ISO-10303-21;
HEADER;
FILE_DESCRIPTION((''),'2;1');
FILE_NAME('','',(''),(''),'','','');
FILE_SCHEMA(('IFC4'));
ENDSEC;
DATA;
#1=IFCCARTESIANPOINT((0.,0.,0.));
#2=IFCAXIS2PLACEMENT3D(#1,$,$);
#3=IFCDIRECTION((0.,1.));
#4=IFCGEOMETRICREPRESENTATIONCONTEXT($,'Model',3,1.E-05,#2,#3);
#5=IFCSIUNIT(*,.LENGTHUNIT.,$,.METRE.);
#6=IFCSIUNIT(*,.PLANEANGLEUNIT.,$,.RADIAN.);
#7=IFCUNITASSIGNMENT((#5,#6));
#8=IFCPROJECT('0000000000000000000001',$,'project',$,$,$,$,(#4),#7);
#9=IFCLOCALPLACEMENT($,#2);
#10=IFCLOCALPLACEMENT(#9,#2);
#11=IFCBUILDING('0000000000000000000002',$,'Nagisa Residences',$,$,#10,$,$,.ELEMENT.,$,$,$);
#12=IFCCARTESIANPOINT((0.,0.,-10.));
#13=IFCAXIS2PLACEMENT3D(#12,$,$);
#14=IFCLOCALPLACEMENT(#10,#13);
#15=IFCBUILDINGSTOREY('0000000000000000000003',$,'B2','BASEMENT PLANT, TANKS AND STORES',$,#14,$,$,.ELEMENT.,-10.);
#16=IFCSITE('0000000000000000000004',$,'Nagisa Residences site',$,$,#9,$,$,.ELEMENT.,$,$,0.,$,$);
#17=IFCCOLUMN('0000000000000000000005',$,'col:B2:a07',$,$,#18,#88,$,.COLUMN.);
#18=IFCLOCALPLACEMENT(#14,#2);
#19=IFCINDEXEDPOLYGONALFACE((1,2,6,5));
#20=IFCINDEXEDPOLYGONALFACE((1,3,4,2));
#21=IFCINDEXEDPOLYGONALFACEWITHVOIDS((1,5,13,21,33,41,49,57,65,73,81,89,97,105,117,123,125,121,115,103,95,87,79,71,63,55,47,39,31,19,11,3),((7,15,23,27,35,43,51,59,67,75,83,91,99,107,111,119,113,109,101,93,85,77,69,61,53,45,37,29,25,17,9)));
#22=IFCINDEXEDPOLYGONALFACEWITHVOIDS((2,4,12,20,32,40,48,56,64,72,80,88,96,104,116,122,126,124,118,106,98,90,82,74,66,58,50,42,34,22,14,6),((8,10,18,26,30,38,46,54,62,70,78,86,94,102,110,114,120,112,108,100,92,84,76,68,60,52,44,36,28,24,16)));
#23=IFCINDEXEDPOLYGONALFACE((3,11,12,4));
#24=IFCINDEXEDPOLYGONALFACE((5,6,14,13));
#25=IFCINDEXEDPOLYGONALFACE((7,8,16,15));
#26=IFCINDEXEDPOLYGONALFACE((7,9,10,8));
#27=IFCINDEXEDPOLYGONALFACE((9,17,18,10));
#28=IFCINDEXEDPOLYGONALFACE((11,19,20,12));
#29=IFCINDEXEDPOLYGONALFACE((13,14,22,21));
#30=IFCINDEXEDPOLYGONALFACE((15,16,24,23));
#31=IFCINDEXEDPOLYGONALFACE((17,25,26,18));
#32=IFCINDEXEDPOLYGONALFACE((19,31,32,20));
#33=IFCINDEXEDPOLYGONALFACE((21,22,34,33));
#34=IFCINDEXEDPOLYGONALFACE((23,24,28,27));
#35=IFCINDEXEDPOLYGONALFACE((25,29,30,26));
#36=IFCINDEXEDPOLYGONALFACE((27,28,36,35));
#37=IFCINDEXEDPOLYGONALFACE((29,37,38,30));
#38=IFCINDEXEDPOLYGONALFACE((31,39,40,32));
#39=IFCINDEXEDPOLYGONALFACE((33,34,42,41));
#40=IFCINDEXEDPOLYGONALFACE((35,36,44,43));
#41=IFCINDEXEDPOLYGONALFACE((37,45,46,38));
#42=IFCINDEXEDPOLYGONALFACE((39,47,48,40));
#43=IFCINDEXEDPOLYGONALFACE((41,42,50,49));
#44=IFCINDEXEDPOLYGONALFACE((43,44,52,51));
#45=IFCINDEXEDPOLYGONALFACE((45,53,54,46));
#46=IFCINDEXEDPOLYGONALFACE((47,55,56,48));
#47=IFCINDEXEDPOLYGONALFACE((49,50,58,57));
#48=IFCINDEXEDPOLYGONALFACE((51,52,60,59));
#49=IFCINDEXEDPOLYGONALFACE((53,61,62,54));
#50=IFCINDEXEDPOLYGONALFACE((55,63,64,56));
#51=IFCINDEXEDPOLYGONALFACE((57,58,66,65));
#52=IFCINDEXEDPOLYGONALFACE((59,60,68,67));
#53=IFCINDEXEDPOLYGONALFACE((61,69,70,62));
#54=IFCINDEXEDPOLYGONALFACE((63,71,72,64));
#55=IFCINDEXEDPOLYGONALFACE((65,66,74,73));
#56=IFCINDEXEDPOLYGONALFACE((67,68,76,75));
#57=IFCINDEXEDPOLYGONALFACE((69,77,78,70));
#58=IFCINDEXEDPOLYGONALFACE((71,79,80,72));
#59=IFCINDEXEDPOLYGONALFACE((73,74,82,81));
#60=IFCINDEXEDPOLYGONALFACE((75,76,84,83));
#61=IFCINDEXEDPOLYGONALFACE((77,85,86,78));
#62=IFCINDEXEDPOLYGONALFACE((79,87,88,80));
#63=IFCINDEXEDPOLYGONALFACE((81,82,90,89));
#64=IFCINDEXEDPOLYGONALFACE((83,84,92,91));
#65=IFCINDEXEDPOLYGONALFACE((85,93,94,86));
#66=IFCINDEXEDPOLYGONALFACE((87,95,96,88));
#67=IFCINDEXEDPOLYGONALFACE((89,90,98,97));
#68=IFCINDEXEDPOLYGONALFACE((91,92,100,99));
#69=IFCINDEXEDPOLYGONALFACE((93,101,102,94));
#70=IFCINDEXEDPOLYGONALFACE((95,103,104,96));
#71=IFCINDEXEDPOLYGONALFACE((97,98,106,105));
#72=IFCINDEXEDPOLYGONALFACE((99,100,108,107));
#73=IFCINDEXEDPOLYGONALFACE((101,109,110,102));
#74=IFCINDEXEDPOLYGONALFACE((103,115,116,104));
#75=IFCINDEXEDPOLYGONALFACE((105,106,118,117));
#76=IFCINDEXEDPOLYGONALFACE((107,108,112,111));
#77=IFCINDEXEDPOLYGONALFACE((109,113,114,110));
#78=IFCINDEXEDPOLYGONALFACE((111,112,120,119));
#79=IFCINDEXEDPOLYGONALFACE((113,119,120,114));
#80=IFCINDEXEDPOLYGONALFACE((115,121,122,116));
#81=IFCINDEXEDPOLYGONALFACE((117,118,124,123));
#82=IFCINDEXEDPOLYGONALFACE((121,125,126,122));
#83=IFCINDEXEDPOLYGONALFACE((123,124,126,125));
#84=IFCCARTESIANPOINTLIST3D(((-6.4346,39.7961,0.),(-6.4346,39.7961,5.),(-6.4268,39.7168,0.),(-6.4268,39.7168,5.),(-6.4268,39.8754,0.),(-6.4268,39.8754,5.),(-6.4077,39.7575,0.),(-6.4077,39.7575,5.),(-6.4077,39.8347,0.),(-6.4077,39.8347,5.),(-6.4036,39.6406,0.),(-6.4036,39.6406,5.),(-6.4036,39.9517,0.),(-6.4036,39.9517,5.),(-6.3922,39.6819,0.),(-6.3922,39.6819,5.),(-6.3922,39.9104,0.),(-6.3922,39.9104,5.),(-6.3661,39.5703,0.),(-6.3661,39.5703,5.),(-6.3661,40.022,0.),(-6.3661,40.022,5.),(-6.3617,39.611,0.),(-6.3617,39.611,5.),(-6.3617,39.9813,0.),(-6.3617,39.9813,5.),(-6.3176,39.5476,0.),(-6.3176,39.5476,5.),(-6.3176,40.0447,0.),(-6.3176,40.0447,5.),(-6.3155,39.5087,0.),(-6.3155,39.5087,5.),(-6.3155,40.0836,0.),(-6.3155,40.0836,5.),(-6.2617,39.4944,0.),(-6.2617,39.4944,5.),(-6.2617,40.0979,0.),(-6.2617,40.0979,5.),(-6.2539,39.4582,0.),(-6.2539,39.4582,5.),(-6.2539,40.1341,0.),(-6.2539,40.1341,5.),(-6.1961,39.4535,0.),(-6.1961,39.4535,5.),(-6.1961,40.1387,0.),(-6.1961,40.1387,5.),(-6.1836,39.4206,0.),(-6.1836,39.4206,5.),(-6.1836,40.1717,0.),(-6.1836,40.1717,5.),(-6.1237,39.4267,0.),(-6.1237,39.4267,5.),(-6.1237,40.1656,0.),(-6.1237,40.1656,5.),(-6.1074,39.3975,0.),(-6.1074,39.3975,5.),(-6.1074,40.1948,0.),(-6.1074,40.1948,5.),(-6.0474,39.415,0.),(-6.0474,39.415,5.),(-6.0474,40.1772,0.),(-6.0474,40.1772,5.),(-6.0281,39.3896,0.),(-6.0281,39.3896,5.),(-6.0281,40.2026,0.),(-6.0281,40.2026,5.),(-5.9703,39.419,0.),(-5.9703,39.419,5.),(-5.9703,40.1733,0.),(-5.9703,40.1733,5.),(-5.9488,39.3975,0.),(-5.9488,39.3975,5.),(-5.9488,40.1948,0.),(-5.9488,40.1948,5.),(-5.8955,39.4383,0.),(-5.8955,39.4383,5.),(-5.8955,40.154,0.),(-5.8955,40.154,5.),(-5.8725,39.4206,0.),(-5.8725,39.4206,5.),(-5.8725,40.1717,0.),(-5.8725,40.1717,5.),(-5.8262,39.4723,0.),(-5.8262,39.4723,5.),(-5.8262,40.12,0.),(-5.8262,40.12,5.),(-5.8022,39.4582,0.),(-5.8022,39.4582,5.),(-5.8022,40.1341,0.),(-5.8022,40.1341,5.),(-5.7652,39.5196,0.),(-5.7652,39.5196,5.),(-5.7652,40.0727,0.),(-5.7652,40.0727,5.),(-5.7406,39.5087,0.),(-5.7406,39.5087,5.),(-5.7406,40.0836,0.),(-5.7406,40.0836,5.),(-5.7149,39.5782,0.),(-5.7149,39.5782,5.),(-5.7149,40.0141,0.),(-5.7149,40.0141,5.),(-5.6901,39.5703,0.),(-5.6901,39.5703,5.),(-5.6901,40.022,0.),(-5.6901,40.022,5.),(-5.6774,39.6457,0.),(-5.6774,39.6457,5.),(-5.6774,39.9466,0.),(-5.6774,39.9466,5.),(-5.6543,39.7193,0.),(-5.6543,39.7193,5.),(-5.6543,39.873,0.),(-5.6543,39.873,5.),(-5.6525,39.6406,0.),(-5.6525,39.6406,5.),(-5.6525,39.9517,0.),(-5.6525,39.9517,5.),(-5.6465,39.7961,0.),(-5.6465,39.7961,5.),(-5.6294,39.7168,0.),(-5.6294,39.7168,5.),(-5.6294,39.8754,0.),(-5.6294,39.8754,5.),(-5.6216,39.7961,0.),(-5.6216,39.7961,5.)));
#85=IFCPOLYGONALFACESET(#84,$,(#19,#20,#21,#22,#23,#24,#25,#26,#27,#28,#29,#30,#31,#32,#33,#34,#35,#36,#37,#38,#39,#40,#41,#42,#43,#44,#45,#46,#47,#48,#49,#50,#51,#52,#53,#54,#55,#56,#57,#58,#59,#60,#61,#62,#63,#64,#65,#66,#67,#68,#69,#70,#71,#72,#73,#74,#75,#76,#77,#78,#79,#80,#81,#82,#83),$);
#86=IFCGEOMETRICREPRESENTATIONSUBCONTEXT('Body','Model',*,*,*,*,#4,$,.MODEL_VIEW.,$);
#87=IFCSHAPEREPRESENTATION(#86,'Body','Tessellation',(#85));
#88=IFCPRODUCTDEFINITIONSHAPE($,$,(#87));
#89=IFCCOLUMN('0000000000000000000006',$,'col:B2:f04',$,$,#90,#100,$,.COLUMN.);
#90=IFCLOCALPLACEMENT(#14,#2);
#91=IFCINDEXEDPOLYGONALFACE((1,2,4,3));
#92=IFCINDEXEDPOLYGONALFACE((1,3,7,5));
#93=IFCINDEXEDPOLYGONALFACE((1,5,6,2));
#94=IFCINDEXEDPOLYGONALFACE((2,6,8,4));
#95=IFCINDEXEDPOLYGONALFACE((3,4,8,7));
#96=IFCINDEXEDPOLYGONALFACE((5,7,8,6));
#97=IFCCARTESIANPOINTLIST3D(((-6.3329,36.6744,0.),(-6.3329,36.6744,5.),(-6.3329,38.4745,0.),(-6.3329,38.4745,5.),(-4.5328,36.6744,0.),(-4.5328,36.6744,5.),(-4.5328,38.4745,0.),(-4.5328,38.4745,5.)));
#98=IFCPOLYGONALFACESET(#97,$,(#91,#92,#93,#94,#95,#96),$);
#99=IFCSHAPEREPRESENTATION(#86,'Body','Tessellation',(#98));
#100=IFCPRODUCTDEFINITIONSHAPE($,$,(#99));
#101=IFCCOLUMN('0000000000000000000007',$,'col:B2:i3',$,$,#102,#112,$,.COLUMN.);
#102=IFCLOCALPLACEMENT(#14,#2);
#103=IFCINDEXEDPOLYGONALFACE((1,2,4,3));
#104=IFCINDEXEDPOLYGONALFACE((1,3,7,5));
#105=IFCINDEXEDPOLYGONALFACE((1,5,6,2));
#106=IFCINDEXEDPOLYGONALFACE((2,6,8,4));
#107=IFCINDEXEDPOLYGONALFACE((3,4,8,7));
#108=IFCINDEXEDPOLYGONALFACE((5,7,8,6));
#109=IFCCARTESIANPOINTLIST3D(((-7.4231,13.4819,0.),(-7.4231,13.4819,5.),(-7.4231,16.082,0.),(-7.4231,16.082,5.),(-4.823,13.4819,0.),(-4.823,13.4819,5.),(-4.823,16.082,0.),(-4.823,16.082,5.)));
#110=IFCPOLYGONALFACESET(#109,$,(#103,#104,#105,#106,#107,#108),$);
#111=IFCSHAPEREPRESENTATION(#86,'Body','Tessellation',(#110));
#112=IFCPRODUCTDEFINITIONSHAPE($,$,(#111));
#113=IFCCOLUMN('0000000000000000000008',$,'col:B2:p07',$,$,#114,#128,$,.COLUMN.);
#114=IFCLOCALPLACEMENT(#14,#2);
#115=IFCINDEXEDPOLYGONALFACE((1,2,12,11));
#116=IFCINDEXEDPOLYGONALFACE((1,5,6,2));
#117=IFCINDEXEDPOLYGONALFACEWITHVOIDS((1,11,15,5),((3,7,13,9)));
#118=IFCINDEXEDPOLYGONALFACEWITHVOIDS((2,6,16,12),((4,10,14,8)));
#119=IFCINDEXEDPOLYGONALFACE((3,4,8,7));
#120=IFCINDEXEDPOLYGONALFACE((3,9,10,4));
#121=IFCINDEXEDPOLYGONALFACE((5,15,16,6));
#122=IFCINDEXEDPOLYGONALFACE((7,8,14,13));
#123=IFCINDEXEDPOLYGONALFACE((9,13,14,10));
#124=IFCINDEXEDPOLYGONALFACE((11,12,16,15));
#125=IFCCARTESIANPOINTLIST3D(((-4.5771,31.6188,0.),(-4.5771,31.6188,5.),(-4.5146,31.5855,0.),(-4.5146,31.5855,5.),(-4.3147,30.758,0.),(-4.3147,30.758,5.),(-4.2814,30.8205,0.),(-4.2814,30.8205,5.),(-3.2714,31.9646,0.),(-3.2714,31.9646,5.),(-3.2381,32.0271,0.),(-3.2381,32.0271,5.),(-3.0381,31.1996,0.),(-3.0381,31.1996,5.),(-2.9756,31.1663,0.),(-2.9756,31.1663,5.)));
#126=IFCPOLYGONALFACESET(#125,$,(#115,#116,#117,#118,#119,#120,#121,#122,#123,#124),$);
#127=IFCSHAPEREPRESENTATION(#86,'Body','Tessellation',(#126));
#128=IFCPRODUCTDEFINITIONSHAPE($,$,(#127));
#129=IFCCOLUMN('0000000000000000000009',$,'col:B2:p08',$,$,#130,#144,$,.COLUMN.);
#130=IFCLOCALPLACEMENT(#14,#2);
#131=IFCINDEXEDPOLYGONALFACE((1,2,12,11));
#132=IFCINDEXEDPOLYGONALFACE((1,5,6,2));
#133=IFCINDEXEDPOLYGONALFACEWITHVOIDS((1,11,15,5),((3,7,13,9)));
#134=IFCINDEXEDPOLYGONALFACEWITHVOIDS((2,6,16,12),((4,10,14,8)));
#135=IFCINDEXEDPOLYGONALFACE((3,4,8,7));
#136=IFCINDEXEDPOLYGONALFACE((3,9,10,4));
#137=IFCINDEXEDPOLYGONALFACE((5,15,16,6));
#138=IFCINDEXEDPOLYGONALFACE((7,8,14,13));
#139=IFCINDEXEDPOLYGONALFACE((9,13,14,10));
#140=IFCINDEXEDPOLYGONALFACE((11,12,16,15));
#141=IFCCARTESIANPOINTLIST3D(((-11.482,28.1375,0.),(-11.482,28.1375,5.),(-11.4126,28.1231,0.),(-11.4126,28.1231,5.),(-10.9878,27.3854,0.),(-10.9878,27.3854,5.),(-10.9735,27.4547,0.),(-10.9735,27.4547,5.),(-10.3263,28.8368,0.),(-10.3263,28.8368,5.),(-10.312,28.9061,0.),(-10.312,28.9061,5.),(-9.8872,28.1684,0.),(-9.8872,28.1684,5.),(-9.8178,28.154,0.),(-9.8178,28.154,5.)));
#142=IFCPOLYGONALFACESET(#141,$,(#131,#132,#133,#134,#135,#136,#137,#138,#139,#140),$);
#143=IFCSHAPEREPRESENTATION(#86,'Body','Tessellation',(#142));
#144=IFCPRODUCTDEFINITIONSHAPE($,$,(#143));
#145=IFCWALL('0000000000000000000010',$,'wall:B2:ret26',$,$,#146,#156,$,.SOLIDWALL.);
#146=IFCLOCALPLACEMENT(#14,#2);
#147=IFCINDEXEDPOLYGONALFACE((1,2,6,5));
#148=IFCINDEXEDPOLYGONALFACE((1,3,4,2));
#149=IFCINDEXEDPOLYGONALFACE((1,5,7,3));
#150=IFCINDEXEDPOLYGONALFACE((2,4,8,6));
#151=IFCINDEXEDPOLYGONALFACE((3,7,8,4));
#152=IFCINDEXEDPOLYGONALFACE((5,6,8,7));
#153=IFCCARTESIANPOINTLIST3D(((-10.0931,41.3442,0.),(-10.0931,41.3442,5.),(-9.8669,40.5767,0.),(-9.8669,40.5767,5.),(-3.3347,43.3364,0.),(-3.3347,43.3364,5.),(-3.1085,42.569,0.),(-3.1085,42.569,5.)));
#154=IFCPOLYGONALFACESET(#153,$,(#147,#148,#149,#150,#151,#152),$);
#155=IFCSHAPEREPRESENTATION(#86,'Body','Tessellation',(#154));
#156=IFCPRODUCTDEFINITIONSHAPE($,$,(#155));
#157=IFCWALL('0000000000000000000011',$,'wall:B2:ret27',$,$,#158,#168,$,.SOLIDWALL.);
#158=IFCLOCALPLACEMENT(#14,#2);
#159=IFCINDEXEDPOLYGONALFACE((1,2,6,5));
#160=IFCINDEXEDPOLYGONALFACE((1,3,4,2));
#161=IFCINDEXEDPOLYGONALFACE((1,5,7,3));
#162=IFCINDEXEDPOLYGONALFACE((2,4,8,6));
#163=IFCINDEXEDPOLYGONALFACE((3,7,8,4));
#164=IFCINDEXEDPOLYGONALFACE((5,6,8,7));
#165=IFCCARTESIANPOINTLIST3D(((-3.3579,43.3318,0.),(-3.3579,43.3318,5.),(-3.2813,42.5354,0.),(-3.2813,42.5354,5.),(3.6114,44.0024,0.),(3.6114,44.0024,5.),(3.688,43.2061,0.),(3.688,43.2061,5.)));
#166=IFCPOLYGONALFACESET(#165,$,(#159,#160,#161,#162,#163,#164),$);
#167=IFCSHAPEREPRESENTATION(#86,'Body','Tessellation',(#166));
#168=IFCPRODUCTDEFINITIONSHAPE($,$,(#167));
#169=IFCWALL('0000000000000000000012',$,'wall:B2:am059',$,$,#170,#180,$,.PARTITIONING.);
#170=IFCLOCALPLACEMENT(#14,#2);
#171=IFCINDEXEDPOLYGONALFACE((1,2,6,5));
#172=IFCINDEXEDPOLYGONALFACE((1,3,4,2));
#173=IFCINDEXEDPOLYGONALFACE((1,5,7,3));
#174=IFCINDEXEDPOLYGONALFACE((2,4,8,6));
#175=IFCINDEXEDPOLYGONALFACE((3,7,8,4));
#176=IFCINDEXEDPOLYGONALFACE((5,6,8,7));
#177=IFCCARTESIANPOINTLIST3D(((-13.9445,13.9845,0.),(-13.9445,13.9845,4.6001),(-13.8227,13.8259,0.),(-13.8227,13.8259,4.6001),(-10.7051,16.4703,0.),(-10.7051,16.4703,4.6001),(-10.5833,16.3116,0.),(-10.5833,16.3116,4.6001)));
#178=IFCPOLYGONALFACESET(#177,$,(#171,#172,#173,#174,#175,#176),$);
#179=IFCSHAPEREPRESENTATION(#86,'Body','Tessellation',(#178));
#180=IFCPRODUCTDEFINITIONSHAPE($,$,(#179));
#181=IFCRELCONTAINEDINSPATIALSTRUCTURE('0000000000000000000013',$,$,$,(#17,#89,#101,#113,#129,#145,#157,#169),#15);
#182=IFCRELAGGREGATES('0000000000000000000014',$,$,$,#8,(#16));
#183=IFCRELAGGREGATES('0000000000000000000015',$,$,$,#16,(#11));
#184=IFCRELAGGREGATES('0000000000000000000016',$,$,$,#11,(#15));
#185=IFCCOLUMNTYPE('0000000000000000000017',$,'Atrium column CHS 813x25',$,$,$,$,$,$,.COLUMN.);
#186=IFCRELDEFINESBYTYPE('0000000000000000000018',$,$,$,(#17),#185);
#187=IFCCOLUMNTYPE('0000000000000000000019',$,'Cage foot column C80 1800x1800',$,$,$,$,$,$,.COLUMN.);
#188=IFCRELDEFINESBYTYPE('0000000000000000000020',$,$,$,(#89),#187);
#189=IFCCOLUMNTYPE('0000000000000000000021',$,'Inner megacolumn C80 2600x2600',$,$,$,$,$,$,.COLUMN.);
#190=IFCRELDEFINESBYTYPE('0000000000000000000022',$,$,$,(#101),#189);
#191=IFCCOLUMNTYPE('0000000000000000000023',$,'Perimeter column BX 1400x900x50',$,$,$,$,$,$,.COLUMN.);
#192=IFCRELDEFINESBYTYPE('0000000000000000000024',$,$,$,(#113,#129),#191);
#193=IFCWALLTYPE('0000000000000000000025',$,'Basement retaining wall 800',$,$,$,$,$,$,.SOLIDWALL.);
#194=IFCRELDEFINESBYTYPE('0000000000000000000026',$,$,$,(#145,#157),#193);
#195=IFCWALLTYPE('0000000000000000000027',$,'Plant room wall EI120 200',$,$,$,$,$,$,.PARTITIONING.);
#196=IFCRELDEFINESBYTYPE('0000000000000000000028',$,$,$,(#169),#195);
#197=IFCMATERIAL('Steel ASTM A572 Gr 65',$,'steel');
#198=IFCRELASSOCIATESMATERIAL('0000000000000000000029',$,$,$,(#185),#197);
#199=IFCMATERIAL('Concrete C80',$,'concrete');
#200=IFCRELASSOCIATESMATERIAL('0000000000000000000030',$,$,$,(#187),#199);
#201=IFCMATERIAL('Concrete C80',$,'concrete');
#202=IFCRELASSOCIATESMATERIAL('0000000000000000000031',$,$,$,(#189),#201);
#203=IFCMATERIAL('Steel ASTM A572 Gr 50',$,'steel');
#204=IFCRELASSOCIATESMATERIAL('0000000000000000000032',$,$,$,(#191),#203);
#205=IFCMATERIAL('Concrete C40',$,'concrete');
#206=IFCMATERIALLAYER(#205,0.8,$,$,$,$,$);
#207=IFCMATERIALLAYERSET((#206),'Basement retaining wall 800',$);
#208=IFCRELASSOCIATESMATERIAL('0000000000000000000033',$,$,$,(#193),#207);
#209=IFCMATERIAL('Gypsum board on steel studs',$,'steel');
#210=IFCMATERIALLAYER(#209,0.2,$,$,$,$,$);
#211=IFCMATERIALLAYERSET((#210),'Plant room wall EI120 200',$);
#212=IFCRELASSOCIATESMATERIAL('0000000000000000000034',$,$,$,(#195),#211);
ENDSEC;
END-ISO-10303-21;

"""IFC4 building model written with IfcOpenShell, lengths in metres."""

from ifc_helpers import new_model, si_unit, direction, frame, frame_2d, origin, origin_2d, place, context, subcontext, project, spatial, rectangle, hollow_rectangle, hollow_circle, extrude, material, layer, layer_set, material_profile, profile_set, type_object, element, save


model = new_model("IFC4")

# Units and contexts
model_context = context("Model", 3, precision=1e-05, world=origin(), true_north=direction((0.0, 1.0)))
body_context = subcontext(model_context, "Body", "Model", "MODEL_VIEW")
ifc_project = project(units=[si_unit("LENGTHUNIT", "METRE"), si_unit("PLANEANGLEUNIT", "RADIAN")], contexts=[model_context])

# Site, building, storey
site_placement = place(None, origin())
site = spatial("IfcSite", under=ifc_project, at=site_placement, Name="Nagisa Residences site", CompositionType="ELEMENT", RefElevation=0.0)
building_placement = place(site_placement, origin())
building = spatial("IfcBuilding", under=site, at=building_placement, Name="Nagisa Residences", CompositionType="ELEMENT")
storey_placement = place(building_placement, frame((0.0, 0.0, -10.0)))
storey = spatial("IfcBuildingStorey", under=building, at=storey_placement, Name="B2", Description="BASEMENT PLANT, TANKS AND STORES", CompositionType="ELEMENT", Elevation=-10.0)

# Columns
ifc_material_1 = material(Name="Steel ASTM A572 Gr 65", Category="steel")
ifc_material_profile_1 = material_profile(ifc_material_1, hollow_circle(Radius=0.4065, WallThickness=0.0249, at=origin_2d()), Name="CHS 813x25")
ifc_profile_set_1 = profile_set([ifc_material_profile_1], Name="Steel ASTM A572 Gr 65")
column_type_1 = type_object("IfcColumnType", Name="Atrium column CHS 813x25", PredefinedType="COLUMN", material=ifc_profile_set_1)
column_1_placement = place(storey_placement, frame((-6.0281, 39.7961, 0.0), z_axis=(0.0, 0.0, 1.0), x_axis=(1.0, 0.0, 0.0)))
element("IfcColumn", 1, at=column_1_placement, inside=storey, type_object=column_type_1, Name="col:B2:a07", PredefinedType="COLUMN", context=body_context, shape_type="SweptSolid", body=[
    extrude(hollow_circle(Radius=0.4065, WallThickness=0.0249, at=origin_2d()), origin(), (0.0, 0.0, 1.0), 5.0),
])
ifc_material_2 = material(Name="Concrete C80", Category="concrete")
ifc_material_profile_2 = material_profile(ifc_material_2, rectangle(XDim=1.8, YDim=1.8, at=origin_2d()), Name="C80 1800x1800")
ifc_profile_set_2 = profile_set([ifc_material_profile_2], Name="Concrete C80")
column_type_2 = type_object("IfcColumnType", Name="Cage foot column C80 1800x1800", PredefinedType="COLUMN", material=ifc_profile_set_2)
column_2_placement = place(storey_placement, frame((-5.4329, 37.5745, 0.0), z_axis=(0.0, 0.0, 1.0), x_axis=(1.0, 0.0, 0.0)))
element("IfcColumn", 2, at=column_2_placement, inside=storey, type_object=column_type_2, Name="col:B2:f04", PredefinedType="COLUMN", context=body_context, shape_type="SweptSolid", body=[
    extrude(rectangle(XDim=1.8, YDim=1.8, at=origin_2d()), origin(), (0.0, 0.0, 1.0), 5.0),
])
ifc_material_3 = material(Name="Concrete C80", Category="concrete")
ifc_material_profile_3 = material_profile(ifc_material_3, rectangle(XDim=2.6001, YDim=2.6001, at=origin_2d()), Name="C80 2600x2600")
ifc_profile_set_3 = profile_set([ifc_material_profile_3], Name="Concrete C80")
column_type_3 = type_object("IfcColumnType", Name="Inner megacolumn C80 2600x2600", PredefinedType="COLUMN", material=ifc_profile_set_3)
column_3_placement = place(storey_placement, frame((-6.123, 14.782, 0.0), z_axis=(0.0, 0.0, 1.0), x_axis=(1.0, 0.0, 0.0)))
element("IfcColumn", 3, at=column_3_placement, inside=storey, type_object=column_type_3, Name="col:B2:i3", PredefinedType="COLUMN", context=body_context, shape_type="SweptSolid", body=[
    extrude(rectangle(XDim=2.6001, YDim=2.6001, at=origin_2d()), origin(), (0.0, 0.0, 1.0), 5.0),
])
ifc_material_4 = material(Name="Steel ASTM A572 Gr 50", Category="steel")
ifc_material_profile_4 = material_profile(ifc_material_4, hollow_rectangle(XDim=1.3999, YDim=0.8999, WallThickness=0.05, at=origin_2d()), Name="BX 1400x900x50")
ifc_profile_set_4 = profile_set([ifc_material_profile_4], Name="Steel ASTM A572 Gr 50")
column_type_4 = type_object("IfcColumnType", Name="Perimeter column BX 1400x900x50", PredefinedType="COLUMN", material=ifc_profile_set_4)
for number, where, z_axis, x_axis, name in (
    (4, (-3.7764, 31.3926, 0.0), (0.0, 0.0, 1.0), (-0.956525, -0.291652, 0.0), "col:B2:p07"),
    (5, (-10.6499, 28.1458, 0.0), (0.0, 0.0, 1.0), (-0.835766, -0.549086, 0.0), "col:B2:p08"),
):
    element("IfcColumn", number, at=place(storey_placement, frame(where, z_axis=z_axis, x_axis=x_axis)), inside=storey, type_object=column_type_4, Name=name, PredefinedType="COLUMN", context=body_context, shape_type="SweptSolid", body=[
        extrude(hollow_rectangle(XDim=1.3999, YDim=0.8999, WallThickness=0.05, at=origin_2d()), origin(), (0.0, 0.0, 1.0), 5.0),
    ])

# Walls
ifc_material_5 = material(Name="Concrete C40", Category="concrete")
ifc_layer_1 = layer(ifc_material_5, 0.8)
ifc_layer_set_1 = layer_set([ifc_layer_1], Name="Basement retaining wall 800")
wall_type_1 = type_object("IfcWallType", Name="Basement retaining wall 800", PredefinedType="SOLIDWALL", material=ifc_layer_set_1)
wall_1_placement = place(storey_placement, frame((-9.98, 40.9604, 0.0), z_axis=(0.0, 0.0, 1.0), x_axis=(0.959194, 0.282748, 0.0)))
element("IfcWall", 6, at=wall_1_placement, inside=storey, type_object=wall_type_1, Name="wall:B2:ret26", PredefinedType="SOLIDWALL", context=body_context, shape_type="SweptSolid", body=[
    extrude(rectangle(XDim=7.0459, YDim=0.8, at=frame_2d((3.5229, 0.0))), origin(), (0.0, 0.0, 1.0), 5.0),
])
wall_2_placement = place(storey_placement, frame((-3.3196, 42.9336, 0.0), z_axis=(0.0, 0.0, 1.0), x_axis=(0.995402, 0.095788, 0.0)))
element("IfcWall", 7, at=wall_2_placement, inside=storey, type_object=wall_type_1, Name="wall:B2:ret27", PredefinedType="SOLIDWALL", context=body_context, shape_type="SweptSolid", body=[
    extrude(rectangle(XDim=7.0015, YDim=0.8, at=frame_2d((3.5007, 0.0))), origin(), (0.0, 0.0, 1.0), 5.0),
])
ifc_material_6 = material(Name="Gypsum board on steel studs", Category="steel")
ifc_layer_2 = layer(ifc_material_6, 0.2)
ifc_layer_set_2 = layer_set([ifc_layer_2], Name="Plant room wall EI120 200")
wall_type_2 = type_object("IfcWallType", Name="Plant room wall EI120 200", PredefinedType="PARTITIONING", material=ifc_layer_set_2)
wall_3_placement = place(storey_placement, frame((-10.6443, 16.3909, 0.0), z_axis=(0.0, 0.0, 1.0), x_axis=(-0.793344, -0.608774, 0.0)))
element("IfcWall", 8, at=wall_3_placement, inside=storey, type_object=wall_type_2, Name="wall:B2:am059", PredefinedType="PARTITIONING", context=body_context, shape_type="SweptSolid", body=[
    extrude(rectangle(XDim=4.0833, YDim=0.2, at=frame_2d((2.0415, 0.0))), origin(), (0.0, 0.0, 1.0), 4.6001),
])

save(model, "model.ifc")
